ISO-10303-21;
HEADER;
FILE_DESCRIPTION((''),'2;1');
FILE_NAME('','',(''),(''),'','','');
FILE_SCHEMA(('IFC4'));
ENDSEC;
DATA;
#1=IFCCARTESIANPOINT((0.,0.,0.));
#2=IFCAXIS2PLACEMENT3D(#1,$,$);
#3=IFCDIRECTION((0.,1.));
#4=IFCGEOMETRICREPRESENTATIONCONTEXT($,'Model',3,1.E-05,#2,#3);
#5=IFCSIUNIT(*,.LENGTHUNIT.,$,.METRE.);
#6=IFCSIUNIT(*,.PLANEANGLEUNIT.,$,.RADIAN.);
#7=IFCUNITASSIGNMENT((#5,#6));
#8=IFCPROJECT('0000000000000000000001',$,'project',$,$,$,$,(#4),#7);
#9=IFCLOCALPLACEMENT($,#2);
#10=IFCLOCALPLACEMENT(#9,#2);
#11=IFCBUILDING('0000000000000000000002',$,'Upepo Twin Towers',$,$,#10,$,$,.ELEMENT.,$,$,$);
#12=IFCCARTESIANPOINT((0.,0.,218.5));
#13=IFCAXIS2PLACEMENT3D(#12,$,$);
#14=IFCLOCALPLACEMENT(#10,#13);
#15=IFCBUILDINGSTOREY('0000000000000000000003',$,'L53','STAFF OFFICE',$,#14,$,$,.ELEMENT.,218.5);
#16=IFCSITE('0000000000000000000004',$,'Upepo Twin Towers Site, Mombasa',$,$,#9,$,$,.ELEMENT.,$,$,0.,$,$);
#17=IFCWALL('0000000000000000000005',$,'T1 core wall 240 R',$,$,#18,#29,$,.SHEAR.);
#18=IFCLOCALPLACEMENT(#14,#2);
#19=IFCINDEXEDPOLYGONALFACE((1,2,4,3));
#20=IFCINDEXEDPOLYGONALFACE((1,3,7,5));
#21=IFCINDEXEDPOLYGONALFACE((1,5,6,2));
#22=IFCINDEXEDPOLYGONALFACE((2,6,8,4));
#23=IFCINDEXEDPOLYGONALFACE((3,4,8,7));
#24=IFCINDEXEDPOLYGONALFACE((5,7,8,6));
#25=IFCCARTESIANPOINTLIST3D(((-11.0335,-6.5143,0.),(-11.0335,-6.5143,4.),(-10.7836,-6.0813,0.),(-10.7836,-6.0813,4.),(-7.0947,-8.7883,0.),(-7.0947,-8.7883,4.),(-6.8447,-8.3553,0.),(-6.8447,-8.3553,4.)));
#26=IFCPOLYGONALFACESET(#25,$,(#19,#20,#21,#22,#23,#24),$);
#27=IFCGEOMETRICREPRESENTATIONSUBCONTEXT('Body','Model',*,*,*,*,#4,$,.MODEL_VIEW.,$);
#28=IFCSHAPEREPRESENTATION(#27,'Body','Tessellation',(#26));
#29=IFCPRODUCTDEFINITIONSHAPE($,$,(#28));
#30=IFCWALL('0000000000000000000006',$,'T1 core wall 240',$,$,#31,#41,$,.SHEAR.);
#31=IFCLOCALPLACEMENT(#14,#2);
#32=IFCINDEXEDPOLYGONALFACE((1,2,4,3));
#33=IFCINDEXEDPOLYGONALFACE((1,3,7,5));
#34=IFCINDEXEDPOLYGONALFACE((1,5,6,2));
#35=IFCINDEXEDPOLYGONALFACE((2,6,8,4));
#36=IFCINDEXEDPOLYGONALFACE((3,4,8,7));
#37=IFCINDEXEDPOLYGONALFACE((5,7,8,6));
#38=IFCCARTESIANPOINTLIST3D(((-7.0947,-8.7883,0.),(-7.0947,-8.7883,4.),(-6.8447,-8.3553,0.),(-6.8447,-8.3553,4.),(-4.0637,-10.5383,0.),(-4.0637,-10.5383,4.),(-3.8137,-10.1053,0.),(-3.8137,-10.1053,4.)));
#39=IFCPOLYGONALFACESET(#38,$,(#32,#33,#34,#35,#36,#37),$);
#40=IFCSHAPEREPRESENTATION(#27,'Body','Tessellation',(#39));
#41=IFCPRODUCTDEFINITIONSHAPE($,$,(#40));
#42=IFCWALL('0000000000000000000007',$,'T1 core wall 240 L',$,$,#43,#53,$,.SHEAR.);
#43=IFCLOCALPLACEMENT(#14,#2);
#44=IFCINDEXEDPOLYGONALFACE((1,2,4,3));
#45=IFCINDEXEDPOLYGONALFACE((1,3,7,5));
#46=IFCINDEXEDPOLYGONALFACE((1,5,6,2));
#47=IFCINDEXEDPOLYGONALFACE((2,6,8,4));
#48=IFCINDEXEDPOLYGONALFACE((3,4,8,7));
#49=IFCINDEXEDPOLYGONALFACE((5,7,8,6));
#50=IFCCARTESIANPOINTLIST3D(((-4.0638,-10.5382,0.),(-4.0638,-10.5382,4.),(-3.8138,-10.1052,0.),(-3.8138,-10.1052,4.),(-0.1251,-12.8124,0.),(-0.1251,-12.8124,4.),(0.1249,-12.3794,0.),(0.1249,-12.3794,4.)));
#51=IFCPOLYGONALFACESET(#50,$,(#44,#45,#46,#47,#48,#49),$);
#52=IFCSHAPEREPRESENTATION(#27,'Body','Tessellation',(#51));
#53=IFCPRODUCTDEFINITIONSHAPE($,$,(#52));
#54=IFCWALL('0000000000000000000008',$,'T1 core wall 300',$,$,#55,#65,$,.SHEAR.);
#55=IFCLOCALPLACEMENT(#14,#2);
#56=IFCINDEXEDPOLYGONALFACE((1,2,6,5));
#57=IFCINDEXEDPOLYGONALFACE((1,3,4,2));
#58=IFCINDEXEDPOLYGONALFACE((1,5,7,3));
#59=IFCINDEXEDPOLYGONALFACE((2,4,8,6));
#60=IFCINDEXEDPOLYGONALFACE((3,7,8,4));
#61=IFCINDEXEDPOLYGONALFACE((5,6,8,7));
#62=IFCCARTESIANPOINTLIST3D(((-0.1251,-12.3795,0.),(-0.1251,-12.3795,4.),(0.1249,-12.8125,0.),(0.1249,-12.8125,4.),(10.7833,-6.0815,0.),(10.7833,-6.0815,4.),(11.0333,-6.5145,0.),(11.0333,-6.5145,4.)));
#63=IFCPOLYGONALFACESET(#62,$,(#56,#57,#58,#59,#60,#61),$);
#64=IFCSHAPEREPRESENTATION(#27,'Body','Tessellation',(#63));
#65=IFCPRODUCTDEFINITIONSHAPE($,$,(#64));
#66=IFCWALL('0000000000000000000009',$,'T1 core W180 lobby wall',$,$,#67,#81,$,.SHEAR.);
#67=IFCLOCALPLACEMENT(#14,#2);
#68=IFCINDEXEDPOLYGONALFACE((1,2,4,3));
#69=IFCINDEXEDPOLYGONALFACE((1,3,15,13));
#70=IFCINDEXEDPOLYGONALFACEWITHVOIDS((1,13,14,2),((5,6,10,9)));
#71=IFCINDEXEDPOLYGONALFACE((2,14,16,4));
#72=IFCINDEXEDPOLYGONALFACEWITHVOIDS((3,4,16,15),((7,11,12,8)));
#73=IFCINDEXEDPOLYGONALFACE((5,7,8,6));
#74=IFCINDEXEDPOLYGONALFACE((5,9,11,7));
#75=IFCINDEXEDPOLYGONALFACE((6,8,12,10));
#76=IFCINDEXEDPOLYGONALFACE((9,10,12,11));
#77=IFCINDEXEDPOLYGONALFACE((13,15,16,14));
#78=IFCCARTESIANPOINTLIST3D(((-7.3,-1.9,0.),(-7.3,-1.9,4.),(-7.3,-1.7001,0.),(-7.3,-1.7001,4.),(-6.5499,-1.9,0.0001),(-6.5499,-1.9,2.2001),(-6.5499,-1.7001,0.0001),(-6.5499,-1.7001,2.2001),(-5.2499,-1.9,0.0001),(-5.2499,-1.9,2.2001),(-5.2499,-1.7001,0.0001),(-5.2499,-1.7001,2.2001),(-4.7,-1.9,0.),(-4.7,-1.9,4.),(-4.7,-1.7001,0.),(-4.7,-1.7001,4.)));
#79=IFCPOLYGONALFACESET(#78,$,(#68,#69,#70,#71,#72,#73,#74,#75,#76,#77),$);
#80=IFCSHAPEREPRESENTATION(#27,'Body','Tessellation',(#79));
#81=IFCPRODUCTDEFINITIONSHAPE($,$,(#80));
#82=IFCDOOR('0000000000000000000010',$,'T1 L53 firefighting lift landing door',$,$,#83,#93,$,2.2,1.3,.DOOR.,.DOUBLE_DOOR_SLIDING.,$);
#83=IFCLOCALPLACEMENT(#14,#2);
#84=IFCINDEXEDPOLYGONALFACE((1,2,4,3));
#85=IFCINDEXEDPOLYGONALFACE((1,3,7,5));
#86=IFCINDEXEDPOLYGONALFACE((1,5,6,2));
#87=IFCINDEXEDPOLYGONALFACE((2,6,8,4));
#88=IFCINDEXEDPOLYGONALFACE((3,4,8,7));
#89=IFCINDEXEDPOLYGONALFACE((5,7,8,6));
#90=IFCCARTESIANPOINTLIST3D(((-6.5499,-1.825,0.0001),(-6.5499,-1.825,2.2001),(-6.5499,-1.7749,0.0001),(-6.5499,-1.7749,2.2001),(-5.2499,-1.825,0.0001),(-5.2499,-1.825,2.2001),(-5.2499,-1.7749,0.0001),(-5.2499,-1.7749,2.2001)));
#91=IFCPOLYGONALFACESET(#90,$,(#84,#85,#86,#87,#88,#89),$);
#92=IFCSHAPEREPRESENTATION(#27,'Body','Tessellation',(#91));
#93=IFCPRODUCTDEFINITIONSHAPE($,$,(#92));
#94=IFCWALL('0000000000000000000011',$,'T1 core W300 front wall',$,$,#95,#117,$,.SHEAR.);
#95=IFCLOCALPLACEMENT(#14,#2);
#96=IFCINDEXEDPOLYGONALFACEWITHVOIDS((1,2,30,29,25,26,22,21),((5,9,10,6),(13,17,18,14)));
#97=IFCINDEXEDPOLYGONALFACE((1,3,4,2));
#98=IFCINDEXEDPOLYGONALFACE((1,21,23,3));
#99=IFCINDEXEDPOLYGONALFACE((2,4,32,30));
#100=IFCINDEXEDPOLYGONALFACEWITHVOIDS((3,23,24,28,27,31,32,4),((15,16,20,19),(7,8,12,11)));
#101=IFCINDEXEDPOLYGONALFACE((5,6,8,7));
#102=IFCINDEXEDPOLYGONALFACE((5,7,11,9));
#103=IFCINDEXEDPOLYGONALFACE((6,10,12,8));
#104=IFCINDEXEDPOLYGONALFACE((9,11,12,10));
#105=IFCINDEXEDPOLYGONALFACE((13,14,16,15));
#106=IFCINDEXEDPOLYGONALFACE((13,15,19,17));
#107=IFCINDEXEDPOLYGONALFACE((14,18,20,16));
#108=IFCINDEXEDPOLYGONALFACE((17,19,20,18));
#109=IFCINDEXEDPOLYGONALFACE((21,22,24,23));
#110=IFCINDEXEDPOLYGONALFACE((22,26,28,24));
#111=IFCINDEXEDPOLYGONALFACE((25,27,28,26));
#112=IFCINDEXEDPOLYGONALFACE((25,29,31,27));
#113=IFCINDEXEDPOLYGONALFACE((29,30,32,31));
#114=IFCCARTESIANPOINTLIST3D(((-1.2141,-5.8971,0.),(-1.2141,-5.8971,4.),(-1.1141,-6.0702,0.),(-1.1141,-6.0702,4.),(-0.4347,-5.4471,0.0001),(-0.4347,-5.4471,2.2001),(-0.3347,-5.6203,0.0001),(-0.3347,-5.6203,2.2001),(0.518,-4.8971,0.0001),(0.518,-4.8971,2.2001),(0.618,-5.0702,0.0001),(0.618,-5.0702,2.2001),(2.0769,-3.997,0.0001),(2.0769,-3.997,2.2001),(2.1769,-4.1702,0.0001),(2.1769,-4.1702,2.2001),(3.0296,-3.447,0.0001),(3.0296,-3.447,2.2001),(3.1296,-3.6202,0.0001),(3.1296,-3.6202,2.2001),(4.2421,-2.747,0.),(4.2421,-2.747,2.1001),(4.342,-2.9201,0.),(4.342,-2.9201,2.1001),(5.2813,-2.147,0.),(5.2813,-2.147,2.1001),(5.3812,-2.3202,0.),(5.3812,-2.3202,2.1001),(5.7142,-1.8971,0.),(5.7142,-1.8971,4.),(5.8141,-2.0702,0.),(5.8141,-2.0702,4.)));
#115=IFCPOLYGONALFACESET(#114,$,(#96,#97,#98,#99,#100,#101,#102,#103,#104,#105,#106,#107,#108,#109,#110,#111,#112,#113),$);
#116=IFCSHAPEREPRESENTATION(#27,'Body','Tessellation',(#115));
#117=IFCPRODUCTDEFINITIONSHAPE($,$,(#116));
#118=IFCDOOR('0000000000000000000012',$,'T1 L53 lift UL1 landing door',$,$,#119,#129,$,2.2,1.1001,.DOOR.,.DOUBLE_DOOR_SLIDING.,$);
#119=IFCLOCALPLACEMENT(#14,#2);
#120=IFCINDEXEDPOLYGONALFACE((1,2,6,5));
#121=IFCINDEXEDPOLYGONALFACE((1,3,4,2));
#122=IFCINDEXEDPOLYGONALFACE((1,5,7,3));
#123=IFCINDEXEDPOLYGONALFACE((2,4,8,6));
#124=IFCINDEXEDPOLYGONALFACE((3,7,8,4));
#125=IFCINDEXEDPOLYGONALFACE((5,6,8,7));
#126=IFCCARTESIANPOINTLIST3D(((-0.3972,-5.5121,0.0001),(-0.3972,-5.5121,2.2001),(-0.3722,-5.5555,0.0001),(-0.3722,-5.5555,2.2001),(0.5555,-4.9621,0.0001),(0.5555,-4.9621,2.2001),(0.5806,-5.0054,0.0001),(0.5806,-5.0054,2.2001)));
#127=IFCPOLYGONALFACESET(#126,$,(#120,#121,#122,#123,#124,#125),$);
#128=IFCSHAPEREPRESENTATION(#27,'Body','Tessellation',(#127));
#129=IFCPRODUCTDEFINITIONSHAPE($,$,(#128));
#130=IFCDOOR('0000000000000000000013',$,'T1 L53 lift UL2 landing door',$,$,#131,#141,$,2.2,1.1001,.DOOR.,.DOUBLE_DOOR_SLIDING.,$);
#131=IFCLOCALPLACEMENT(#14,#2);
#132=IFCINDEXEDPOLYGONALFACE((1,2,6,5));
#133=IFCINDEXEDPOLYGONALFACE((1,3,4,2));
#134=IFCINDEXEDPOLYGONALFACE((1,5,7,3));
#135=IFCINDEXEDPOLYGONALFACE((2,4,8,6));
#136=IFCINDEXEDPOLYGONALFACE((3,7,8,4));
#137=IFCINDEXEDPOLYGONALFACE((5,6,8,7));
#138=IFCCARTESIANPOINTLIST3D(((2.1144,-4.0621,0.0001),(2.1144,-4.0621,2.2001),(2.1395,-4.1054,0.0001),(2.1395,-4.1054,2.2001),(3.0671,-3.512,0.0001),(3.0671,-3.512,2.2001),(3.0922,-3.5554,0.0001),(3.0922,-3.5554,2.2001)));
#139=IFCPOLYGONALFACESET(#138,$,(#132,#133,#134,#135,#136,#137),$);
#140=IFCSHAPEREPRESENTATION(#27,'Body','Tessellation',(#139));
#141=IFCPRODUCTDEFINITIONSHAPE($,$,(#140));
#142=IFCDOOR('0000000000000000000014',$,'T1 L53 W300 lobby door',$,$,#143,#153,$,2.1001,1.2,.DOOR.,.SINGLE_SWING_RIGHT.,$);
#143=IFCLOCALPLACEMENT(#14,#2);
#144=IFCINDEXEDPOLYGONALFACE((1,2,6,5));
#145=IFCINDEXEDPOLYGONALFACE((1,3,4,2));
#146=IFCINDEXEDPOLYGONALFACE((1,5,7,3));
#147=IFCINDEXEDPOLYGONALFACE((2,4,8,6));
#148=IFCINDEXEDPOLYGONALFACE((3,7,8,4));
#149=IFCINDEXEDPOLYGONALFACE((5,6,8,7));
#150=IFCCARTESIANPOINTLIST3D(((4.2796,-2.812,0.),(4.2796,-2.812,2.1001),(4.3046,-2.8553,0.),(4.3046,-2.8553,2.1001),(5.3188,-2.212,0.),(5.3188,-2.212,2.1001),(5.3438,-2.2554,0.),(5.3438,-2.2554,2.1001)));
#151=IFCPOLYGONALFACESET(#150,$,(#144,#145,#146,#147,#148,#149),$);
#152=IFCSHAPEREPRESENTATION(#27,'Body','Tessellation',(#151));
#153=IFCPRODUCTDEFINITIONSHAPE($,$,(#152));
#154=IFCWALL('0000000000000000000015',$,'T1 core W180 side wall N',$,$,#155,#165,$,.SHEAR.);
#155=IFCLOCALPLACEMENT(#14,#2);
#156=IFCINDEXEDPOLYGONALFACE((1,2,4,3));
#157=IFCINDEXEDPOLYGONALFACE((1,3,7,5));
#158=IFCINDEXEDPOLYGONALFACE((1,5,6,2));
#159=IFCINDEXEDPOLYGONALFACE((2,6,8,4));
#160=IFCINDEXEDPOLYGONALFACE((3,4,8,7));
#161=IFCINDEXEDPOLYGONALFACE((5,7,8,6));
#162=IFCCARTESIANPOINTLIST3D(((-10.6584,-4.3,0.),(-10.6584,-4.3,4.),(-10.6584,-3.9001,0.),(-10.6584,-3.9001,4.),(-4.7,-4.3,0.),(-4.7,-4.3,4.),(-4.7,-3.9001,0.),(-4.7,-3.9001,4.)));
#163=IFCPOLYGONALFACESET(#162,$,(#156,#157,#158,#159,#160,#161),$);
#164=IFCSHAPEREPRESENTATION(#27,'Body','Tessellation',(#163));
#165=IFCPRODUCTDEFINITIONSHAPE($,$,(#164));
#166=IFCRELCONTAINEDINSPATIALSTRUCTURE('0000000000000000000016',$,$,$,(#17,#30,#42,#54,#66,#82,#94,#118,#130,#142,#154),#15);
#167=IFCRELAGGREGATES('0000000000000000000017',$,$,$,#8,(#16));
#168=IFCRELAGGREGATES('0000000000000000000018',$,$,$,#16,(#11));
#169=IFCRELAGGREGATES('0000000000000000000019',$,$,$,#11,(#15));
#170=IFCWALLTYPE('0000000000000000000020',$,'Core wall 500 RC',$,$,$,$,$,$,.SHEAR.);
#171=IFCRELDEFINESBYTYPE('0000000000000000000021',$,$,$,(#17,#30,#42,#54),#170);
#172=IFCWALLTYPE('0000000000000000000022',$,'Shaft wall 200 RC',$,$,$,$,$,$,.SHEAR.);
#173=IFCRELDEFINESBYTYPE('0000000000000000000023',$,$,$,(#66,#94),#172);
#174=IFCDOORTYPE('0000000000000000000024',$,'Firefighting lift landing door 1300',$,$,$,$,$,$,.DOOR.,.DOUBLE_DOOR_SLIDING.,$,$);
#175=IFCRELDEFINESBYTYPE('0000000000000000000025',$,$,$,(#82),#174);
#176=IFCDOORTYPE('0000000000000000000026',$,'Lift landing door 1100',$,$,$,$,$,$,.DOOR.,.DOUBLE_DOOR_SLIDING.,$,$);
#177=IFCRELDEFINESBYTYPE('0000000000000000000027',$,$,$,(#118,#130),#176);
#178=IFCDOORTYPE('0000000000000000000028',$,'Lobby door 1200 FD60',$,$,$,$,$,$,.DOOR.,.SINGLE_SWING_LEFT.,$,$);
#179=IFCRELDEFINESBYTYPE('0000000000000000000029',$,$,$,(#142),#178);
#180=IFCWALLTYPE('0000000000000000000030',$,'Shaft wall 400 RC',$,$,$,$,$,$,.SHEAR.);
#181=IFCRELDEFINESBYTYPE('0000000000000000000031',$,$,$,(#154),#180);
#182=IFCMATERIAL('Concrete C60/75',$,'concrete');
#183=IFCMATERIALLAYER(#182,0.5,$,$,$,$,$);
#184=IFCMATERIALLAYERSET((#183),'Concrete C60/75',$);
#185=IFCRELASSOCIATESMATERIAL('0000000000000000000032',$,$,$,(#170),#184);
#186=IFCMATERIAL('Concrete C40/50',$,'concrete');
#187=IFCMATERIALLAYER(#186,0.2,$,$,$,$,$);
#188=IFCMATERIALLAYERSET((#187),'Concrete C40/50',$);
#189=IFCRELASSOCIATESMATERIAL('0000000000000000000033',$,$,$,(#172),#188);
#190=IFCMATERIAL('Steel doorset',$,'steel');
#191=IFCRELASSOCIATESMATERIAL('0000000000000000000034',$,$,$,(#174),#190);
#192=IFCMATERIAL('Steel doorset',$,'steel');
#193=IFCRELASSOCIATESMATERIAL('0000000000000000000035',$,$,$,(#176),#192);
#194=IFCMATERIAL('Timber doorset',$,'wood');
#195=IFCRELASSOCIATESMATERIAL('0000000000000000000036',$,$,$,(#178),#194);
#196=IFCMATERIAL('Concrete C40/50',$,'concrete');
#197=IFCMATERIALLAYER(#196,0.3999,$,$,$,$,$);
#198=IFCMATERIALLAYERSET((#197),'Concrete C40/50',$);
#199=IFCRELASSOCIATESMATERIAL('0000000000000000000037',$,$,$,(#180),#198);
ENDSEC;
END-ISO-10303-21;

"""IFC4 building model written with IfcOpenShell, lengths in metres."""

from ifc_helpers import new_model, si_unit, direction, frame, frame_2d, origin, place, context, subcontext, project, spatial, rectangle, extrude, material, layer, layer_set, type_object, element, fill, save


model = new_model("IFC4")

# Units and contexts
model_context = context("Model", 3, precision=1e-05, world=origin(), true_north=direction((0.0, 1.0)))
body_context = subcontext(model_context, "Body", "Model", "MODEL_VIEW")
ifc_project = project(units=[si_unit("LENGTHUNIT", "METRE"), si_unit("PLANEANGLEUNIT", "RADIAN")], contexts=[model_context])

# Site, building, storey
site_placement = place(None, origin())
site = spatial("IfcSite", under=ifc_project, at=site_placement, Name="Upepo Twin Towers Site, Mombasa", CompositionType="ELEMENT", RefElevation=0.0)
building_placement = place(site_placement, origin())
building = spatial("IfcBuilding", under=site, at=building_placement, Name="Upepo Twin Towers", CompositionType="ELEMENT")
storey_placement = place(building_placement, frame((0.0, 0.0, 218.5)))
storey = spatial("IfcBuildingStorey", under=building, at=storey_placement, Name="L53", Description="STAFF OFFICE", CompositionType="ELEMENT", Elevation=218.5)

# Walls
ifc_material_1 = material(Name="Concrete C60/75", Category="concrete")
ifc_layer_1 = layer(ifc_material_1, 0.5)
ifc_layer_set_1 = layer_set([ifc_layer_1], Name="Concrete C60/75")
wall_type_1 = type_object("IfcWallType", Name="Core wall 500 RC", PredefinedType="SHEAR", material=ifc_layer_set_1)
wall_1_placement = place(storey_placement, frame((-10.9084, -6.2979, 0.0), z_axis=(0.0, 0.0, 1.0), x_axis=(0.866035, -0.499984, 0.0)))
element("IfcWall", 1, at=wall_1_placement, inside=storey, type_object=wall_type_1, Name="T1 core wall 240 R", PredefinedType="SHEAR", context=body_context, shape_type="SweptSolid", body=[
    extrude(rectangle(XDim=4.5481, YDim=0.5, at=frame_2d((2.2739, 0.0))), origin(), (0.0, 0.0, 1.0), 4.0),
])
wall_2_placement = place(storey_placement, frame((-6.9697, -8.5718, 0.0), z_axis=(0.0, 0.0, 1.0), x_axis=(0.866019, -0.50001, 0.0)))
element("IfcWall", 2, at=wall_2_placement, inside=storey, type_object=wall_type_1, Name="T1 core wall 240", PredefinedType="SHEAR", context=body_context, shape_type="SweptSolid", body=[
    extrude(rectangle(XDim=3.5, YDim=0.5, at=frame_2d((1.75, 0.0))), origin(), (0.0, 0.0, 1.0), 4.0),
])
wall_3_placement = place(storey_placement, frame((-3.9387, -10.3218, 0.0), z_axis=(0.0, 0.0, 1.0), x_axis=(0.866011, -0.500024, 0.0)))
element("IfcWall", 3, at=wall_3_placement, inside=storey, type_object=wall_type_1, Name="T1 core wall 240 L", PredefinedType="SHEAR", context=body_context, shape_type="SweptSolid", body=[
    extrude(rectangle(XDim=4.5481, YDim=0.5, at=frame_2d((2.2739, 0.0))), origin(), (0.0, 0.0, 1.0), 4.0),
])
wall_4_placement = place(storey_placement, frame((0.0, -12.5959, 0.0), z_axis=(0.0, 0.0, 1.0), x_axis=(0.866022, 0.500006, 0.0)))
element("IfcWall", 4, at=wall_4_placement, inside=storey, type_object=wall_type_1, Name="T1 core wall 300", PredefinedType="SHEAR", context=body_context, shape_type="SweptSolid", body=[
    extrude(rectangle(XDim=12.5959, YDim=0.5, at=frame_2d((6.2979, 0.0))), origin(), (0.0, 0.0, 1.0), 4.0),
])

# Wall, opening, door
ifc_material_2 = material(Name="Concrete C40/50", Category="concrete")
ifc_layer_2 = layer(ifc_material_2, 0.2)
ifc_layer_set_2 = layer_set([ifc_layer_2], Name="Concrete C40/50")
wall_type_2 = type_object("IfcWallType", Name="Shaft wall 200 RC", PredefinedType="SHEAR", material=ifc_layer_set_2)
wall_5_placement = place(storey_placement, frame((-4.7, -1.8, 0.0), z_axis=(0.0, 0.0, 1.0), x_axis=(-1.0, 0.0, 0.0)))
wall_5 = element("IfcWall", 5, at=wall_5_placement, inside=storey, type_object=wall_type_2, Name="T1 core W180 lobby wall", PredefinedType="SHEAR", context=body_context, shape_type="SweptSolid", body=[
    extrude(rectangle(XDim=2.6001, YDim=0.2, at=frame_2d((1.3, 0.0))), origin(), (0.0, 0.0, 1.0), 4.0),
])
opening_1_placement = place(wall_5_placement, frame((0.55, 0.0, 0.0)))
opening_1 = element("IfcOpeningElement", 6, at=opening_1_placement, cuts=wall_5, PredefinedType="OPENING", context=body_context, shape_type="SweptSolid", body=[
    extrude(rectangle(XDim=1.3, YDim=2.2, at=frame_2d((0.6499, 1.1001))), frame((0.0, 0.1099, 0.0), z_axis=(0.0, -1.0, 0.0), x_axis=(1.0, 0.0, 0.0)), (0.0, 0.0, 1.0), 0.22),
])
ifc_material_3 = material(Name="Steel doorset", Category="steel")
door_type_1 = type_object("IfcDoorType", Name="Firefighting lift landing door 1300", OperationType="DOUBLE_DOOR_SLIDING", PredefinedType="DOOR", material=ifc_material_3)
door_1_placement = place(opening_1_placement, origin())
door_1 = element("IfcDoor", 7, at=door_1_placement, inside=storey, type_object=door_type_1, Name="T1 L53 firefighting lift landing door", OperationType="DOUBLE_DOOR_SLIDING", OverallHeight=2.2, OverallWidth=1.3, PredefinedType="DOOR", context=body_context, shape_type="SweptSolid", body=[
    extrude(rectangle(XDim=1.3, YDim=2.2, at=frame_2d((0.6499, 1.1001))), frame((0.0, 0.0249, 0.0), z_axis=(0.0, -1.0, 0.0), x_axis=(1.0, 0.0, 0.0)), (0.0, 0.0, 1.0), 0.05),
])
fill(opening_1, door_1)

# Wall, openings, doors
wall_6_placement = place(storey_placement, frame((-1.1641, -5.9836, 0.0), z_axis=(0.0, 0.0, 1.0), x_axis=(0.866026, 0.499999, 0.0)))
wall_6 = element("IfcWall", 8, at=wall_6_placement, inside=storey, type_object=wall_type_2, Name="T1 core W300 front wall", PredefinedType="SHEAR", context=body_context, shape_type="SweptSolid", body=[
    extrude(rectangle(XDim=8.0, YDim=0.2, at=frame_2d((4.0, 0.0))), origin(), (0.0, 0.0, 1.0), 4.0),
])
opening_2_placement = place(wall_6_placement, frame((6.3, 0.0, 0.0)))
opening_2 = element("IfcOpeningElement", 9, at=opening_2_placement, cuts=wall_6, PredefinedType="OPENING", context=body_context, shape_type="SweptSolid", body=[
    extrude(rectangle(XDim=1.2, YDim=2.1001, at=frame_2d((0.6001, 1.05))), frame((0.0, 0.1099, 0.0), z_axis=(0.0, -1.0, 0.0), x_axis=(1.0, 0.0, 0.0)), (0.0, 0.0, 1.0), 0.22),
])
opening_3_placement = place(wall_6_placement, frame((0.8999, 0.0, 0.0)))
opening_3 = element("IfcOpeningElement", 10, at=opening_3_placement, cuts=wall_6, PredefinedType="OPENING", context=body_context, shape_type="SweptSolid", body=[
    extrude(rectangle(XDim=1.1001, YDim=2.2, at=frame_2d((0.55, 1.1001))), frame((0.0, 0.1099, 0.0), z_axis=(0.0, -1.0, 0.0), x_axis=(1.0, 0.0, 0.0)), (0.0, 0.0, 1.0), 0.22),
])
opening_4_placement = place(wall_6_placement, frame((3.8, 0.0, 0.0)))
opening_4 = element("IfcOpeningElement", 11, at=opening_4_placement, cuts=wall_6, PredefinedType="OPENING", context=body_context, shape_type="SweptSolid", body=[
    extrude(rectangle(XDim=1.1001, YDim=2.2, at=frame_2d((0.55, 1.1001))), frame((0.0, 0.1099, 0.0), z_axis=(0.0, -1.0, 0.0), x_axis=(1.0, 0.0, 0.0)), (0.0, 0.0, 1.0), 0.22),
])
ifc_material_4 = material(Name="Steel doorset", Category="steel")
door_type_2 = type_object("IfcDoorType", Name="Lift landing door 1100", OperationType="DOUBLE_DOOR_SLIDING", PredefinedType="DOOR", material=ifc_material_4)
door_2_placement = place(opening_3_placement, origin())
door_2 = element("IfcDoor", 12, at=door_2_placement, inside=storey, type_object=door_type_2, Name="T1 L53 lift UL1 landing door", OperationType="DOUBLE_DOOR_SLIDING", OverallHeight=2.2, OverallWidth=1.1001, PredefinedType="DOOR", context=body_context, shape_type="SweptSolid", body=[
    extrude(rectangle(XDim=1.1001, YDim=2.2, at=frame_2d((0.55, 1.1001))), frame((0.0, 0.0249, 0.0), z_axis=(0.0, -1.0, 0.0), x_axis=(1.0, 0.0, 0.0)), (0.0, 0.0, 1.0), 0.05),
])
fill(opening_3, door_2)
door_3_placement = place(opening_4_placement, origin())
door_3 = element("IfcDoor", 13, at=door_3_placement, inside=storey, type_object=door_type_2, Name="T1 L53 lift UL2 landing door", OperationType="DOUBLE_DOOR_SLIDING", OverallHeight=2.2, OverallWidth=1.1001, PredefinedType="DOOR", context=body_context, shape_type="SweptSolid", body=[
    extrude(rectangle(XDim=1.1001, YDim=2.2, at=frame_2d((0.55, 1.1001))), frame((0.0, 0.0249, 0.0), z_axis=(0.0, -1.0, 0.0), x_axis=(1.0, 0.0, 0.0)), (0.0, 0.0, 1.0), 0.05),
])
fill(opening_4, door_3)
ifc_material_5 = material(Name="Timber doorset", Category="wood")
door_type_3 = type_object("IfcDoorType", Name="Lobby door 1200 FD60", OperationType="SINGLE_SWING_LEFT", PredefinedType="DOOR", material=ifc_material_5)
door_4_placement = place(opening_2_placement, origin())
door_4 = element("IfcDoor", 14, at=door_4_placement, inside=storey, type_object=door_type_3, Name="T1 L53 W300 lobby door", OperationType="SINGLE_SWING_RIGHT", OverallHeight=2.1001, OverallWidth=1.2, PredefinedType="DOOR", context=body_context, shape_type="SweptSolid", body=[
    extrude(rectangle(XDim=1.2, YDim=2.1001, at=frame_2d((0.6001, 1.05))), frame((0.0, 0.0249, 0.0), z_axis=(0.0, -1.0, 0.0), x_axis=(1.0, 0.0, 0.0)), (0.0, 0.0, 1.0), 0.05),
])
fill(opening_2, door_4)

# Wall
ifc_material_6 = material(Name="Concrete C40/50", Category="concrete")
ifc_layer_3 = layer(ifc_material_6, 0.3999)
ifc_layer_set_3 = layer_set([ifc_layer_3], Name="Concrete C40/50")
wall_type_3 = type_object("IfcWallType", Name="Shaft wall 400 RC", PredefinedType="SHEAR", material=ifc_layer_set_3)
wall_7_placement = place(storey_placement, frame((-4.7, -4.1001, 0.0), z_axis=(0.0, 0.0, 1.0), x_axis=(-1.0, 0.0, 0.0)))
element("IfcWall", 15, at=wall_7_placement, inside=storey, type_object=wall_type_3, Name="T1 core W180 side wall N", PredefinedType="SHEAR", context=body_context, shape_type="SweptSolid", body=[
    extrude(rectangle(XDim=5.9585, YDim=0.3999, at=frame_2d((2.9792, 0.0))), origin(), (0.0, 0.0, 1.0), 4.0),
])

save(model, "model.ifc")
